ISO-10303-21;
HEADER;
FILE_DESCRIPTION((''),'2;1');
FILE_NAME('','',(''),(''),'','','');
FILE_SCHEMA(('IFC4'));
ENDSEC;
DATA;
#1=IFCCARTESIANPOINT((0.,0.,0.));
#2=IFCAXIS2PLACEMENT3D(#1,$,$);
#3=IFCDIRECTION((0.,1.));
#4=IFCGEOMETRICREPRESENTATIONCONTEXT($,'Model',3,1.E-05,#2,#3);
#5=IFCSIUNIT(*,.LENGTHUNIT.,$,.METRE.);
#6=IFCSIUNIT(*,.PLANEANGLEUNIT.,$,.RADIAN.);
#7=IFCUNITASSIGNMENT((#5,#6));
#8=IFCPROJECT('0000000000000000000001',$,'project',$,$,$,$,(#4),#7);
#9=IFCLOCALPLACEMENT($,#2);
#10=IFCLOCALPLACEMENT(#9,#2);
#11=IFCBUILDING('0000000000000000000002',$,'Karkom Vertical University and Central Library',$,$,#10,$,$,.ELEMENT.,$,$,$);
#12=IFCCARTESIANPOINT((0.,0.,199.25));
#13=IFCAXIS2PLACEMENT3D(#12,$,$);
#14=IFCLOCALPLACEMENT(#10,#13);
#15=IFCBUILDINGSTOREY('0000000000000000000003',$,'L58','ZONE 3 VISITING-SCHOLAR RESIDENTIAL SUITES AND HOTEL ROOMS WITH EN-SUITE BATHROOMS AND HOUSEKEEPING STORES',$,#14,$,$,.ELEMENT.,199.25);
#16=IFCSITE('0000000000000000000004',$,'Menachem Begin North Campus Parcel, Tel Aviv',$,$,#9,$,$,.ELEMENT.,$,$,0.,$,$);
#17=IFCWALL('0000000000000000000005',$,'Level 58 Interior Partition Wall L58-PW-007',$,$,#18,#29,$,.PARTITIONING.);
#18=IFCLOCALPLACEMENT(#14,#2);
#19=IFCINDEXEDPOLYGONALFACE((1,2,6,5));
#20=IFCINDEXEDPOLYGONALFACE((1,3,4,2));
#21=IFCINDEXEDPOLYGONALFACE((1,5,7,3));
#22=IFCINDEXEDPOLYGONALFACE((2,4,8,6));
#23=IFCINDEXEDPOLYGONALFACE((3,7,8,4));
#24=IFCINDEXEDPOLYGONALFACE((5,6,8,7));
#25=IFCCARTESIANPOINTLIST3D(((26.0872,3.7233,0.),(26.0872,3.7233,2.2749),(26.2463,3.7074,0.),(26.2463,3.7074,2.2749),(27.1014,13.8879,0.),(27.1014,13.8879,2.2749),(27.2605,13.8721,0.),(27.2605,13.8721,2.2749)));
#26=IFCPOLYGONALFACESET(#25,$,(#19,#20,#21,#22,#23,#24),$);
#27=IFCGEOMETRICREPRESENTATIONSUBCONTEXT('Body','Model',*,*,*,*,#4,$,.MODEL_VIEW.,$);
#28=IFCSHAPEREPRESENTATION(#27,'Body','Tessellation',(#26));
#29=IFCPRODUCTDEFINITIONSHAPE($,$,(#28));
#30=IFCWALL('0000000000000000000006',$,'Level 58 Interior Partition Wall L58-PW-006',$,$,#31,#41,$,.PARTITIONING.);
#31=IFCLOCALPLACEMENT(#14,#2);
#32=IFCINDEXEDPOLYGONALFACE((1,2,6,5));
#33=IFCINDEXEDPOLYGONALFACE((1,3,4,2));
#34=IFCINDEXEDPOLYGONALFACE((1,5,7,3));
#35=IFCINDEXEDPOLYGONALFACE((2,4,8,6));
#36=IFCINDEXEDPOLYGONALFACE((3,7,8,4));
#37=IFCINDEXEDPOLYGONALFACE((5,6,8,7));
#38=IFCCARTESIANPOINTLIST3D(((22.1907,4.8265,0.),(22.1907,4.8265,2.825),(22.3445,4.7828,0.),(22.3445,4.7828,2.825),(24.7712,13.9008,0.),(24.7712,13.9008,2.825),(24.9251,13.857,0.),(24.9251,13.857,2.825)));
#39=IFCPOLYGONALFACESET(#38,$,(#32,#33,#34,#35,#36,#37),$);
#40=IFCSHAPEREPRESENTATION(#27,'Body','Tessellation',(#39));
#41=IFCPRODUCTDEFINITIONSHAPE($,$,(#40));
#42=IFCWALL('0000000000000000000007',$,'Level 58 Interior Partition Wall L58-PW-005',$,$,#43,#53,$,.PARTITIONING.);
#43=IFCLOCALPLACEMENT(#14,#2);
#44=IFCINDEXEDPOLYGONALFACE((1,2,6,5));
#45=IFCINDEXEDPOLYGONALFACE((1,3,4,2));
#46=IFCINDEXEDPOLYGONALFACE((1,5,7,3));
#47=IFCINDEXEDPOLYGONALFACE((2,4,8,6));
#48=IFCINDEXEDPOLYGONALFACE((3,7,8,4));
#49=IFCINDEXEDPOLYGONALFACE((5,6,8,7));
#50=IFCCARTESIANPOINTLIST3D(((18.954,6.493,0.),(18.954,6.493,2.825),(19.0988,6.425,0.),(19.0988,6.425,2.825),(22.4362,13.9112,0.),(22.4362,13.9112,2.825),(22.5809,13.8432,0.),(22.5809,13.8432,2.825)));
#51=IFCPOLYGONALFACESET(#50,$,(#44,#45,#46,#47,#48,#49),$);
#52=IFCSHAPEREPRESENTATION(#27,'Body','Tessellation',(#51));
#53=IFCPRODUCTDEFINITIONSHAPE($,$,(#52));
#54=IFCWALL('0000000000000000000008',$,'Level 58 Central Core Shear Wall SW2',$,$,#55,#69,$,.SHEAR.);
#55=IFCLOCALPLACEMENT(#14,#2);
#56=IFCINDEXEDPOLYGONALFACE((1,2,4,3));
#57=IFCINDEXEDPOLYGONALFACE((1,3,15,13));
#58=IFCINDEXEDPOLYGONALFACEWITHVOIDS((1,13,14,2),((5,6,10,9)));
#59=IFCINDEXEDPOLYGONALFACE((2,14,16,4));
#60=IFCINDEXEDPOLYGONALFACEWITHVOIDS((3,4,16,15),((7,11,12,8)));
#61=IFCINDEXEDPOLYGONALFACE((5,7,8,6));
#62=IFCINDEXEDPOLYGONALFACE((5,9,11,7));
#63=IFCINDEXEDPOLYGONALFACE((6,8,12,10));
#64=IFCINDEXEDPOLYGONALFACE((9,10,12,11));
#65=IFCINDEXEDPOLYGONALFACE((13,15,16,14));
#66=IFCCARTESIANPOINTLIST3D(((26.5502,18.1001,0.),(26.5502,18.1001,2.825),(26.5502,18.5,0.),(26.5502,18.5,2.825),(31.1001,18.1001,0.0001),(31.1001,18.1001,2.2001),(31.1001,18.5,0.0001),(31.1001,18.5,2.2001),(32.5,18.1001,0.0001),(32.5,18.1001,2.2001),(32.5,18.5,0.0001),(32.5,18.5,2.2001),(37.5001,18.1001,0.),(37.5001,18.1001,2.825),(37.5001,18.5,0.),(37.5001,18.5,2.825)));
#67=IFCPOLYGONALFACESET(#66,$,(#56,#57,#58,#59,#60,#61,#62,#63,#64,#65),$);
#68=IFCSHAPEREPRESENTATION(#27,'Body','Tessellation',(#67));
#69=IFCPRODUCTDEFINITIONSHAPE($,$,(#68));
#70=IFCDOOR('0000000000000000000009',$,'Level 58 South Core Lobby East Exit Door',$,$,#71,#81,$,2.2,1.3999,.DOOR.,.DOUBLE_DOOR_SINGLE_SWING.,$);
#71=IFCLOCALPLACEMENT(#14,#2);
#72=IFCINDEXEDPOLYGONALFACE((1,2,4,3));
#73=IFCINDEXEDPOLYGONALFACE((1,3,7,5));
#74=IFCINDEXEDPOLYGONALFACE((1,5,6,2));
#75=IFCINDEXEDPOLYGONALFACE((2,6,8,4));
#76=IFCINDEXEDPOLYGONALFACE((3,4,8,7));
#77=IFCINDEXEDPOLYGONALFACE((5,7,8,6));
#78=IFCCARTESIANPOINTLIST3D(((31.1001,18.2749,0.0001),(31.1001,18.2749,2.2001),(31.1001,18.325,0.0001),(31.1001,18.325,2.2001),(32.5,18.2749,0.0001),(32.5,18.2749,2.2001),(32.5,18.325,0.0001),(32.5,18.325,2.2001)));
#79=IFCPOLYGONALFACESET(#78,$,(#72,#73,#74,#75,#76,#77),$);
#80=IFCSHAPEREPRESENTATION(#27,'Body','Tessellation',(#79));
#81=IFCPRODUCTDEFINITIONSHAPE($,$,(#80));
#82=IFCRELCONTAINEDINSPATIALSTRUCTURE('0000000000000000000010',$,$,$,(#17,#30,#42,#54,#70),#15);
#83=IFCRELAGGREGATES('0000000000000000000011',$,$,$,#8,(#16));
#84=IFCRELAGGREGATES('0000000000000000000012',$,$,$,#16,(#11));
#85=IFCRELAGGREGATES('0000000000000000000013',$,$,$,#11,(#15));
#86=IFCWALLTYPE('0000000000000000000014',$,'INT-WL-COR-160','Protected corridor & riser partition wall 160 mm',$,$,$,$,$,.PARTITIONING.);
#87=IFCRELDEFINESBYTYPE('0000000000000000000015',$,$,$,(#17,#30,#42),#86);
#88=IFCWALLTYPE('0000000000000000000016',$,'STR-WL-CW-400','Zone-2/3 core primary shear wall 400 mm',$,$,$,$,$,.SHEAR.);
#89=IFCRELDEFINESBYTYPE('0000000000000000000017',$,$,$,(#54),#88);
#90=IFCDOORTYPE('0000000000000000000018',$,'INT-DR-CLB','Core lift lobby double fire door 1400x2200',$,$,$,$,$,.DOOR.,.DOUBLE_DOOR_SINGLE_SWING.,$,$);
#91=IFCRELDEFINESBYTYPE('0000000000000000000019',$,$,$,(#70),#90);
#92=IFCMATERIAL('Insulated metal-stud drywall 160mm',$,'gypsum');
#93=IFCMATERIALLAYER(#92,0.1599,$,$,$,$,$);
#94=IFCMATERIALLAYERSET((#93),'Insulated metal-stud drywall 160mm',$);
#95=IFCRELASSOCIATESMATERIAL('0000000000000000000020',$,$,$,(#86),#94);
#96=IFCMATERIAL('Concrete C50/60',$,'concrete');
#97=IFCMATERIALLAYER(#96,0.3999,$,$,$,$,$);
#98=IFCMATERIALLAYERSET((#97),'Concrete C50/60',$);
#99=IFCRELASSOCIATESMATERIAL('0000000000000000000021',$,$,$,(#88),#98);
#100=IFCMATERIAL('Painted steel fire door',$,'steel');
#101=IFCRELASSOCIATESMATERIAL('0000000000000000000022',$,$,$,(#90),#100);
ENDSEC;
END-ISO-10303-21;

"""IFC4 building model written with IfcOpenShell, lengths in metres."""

from ifc_helpers import new_model, si_unit, direction, frame, frame_2d, origin, origin_with_axes, place, context, subcontext, project, spatial, rectangle, extrude, source, transform, mapped, material, layer, layer_set, type_object, element, fill, save


model = new_model("IFC4")

# Units and contexts
model_context = context("Model", 3, precision=1e-05, world=origin(), true_north=direction((0.0, 1.0)))
body_context = subcontext(model_context, "Body", "Model", "MODEL_VIEW")
ifc_project = project(units=[si_unit("LENGTHUNIT", "METRE"), si_unit("PLANEANGLEUNIT", "RADIAN")], contexts=[model_context])

# Site, building, storey
site_placement = place(None, origin())
site = spatial("IfcSite", under=ifc_project, at=site_placement, Name="Menachem Begin North Campus Parcel, Tel Aviv", CompositionType="ELEMENT", RefElevation=0.0)
building_placement = place(site_placement, origin())
building = spatial("IfcBuilding", under=site, at=building_placement, Name="Karkom Vertical University and Central Library", CompositionType="ELEMENT")
storey_placement = place(building_placement, frame((0.0, 0.0, 199.25)))
storey = spatial("IfcBuildingStorey", under=building, at=storey_placement, Name="L58", Description="ZONE 3 VISITING-SCHOLAR RESIDENTIAL SUITES AND HOTEL ROOMS WITH EN-SUITE BATHROOMS AND HOUSEKEEPING STORES", CompositionType="ELEMENT", Elevation=199.25)

# Shared definitions
ifc_material_1 = material(Name="Concrete C50/60", Category="concrete")

# Walls
ifc_material_2 = material(Name="Insulated metal-stud drywall 160mm", Category="gypsum")
ifc_layer_1 = layer(ifc_material_2, 0.1599)
ifc_layer_set_1 = layer_set([ifc_layer_1], Name="Insulated metal-stud drywall 160mm")
wall_type_1 = type_object("IfcWallType", Name="INT-WL-COR-160", Description="Protected corridor & riser partition wall 160 mm", PredefinedType="PARTITIONING", material=ifc_layer_set_1)
wall_1_placement = place(storey_placement, frame((27.1809, 13.8799, 0.0), z_axis=(0.0, 0.0, 1.0), x_axis=(-0.099281, -0.995059, 0.0)))
element("IfcWall", 1, at=wall_1_placement, inside=storey, type_object=wall_type_1, Name="Level 58 Interior Partition Wall L58-PW-007", PredefinedType="PARTITIONING", context=body_context, shape_type="SweptSolid", body=[
    extrude(rectangle(XDim=10.2151, YDim=0.1599, at=frame_2d((5.1074, 0.0))), origin(), (0.0, 0.0, 1.0), 2.2749),
])
wall_2_placement = place(storey_placement, frame((24.8481, 13.8789, 0.0), z_axis=(0.0, 0.0, 1.0), x_axis=(-0.273538, -0.961861, 0.0)))
element("IfcWall", 2, at=wall_2_placement, inside=storey, type_object=wall_type_1, Name="Level 58 Interior Partition Wall L58-PW-006", PredefinedType="PARTITIONING", context=body_context, shape_type="SweptSolid", body=[
    extrude(rectangle(XDim=9.4341, YDim=0.1599, at=frame_2d((4.717, 0.0))), origin(), (0.0, 0.0, 1.0), 2.825),
])
wall_3_placement = place(storey_placement, frame((22.5085, 13.8772, 0.0), z_axis=(0.0, 0.0, 1.0), x_axis=(-0.424923, -0.905229, 0.0)))
element("IfcWall", 3, at=wall_3_placement, inside=storey, type_object=wall_type_1, Name="Level 58 Interior Partition Wall L58-PW-005", PredefinedType="PARTITIONING", context=body_context, shape_type="SweptSolid", body=[
    extrude(rectangle(XDim=8.1948, YDim=0.1599, at=frame_2d((4.0974, 0.0))), origin(), (0.0, 0.0, 1.0), 2.825),
])

# Wall, opening, door
ifc_layer_2 = layer(ifc_material_1, 0.3999)
ifc_layer_set_2 = layer_set([ifc_layer_2], Name="Concrete C50/60")
wall_type_2 = type_object("IfcWallType", Name="STR-WL-CW-400", Description="Zone-2/3 core primary shear wall 400 mm", PredefinedType="SHEAR", material=ifc_layer_set_2)
wall_4_placement = place(storey_placement, frame((26.55, 18.3, 0.0), z_axis=(0.0, 0.0, 1.0), x_axis=(1.0, 0.0, 0.0)))
wall_4 = element("IfcWall", 4, at=wall_4_placement, inside=storey, type_object=wall_type_2, Name="Level 58 Central Core Shear Wall SW2", PredefinedType="SHEAR", context=body_context, shape_type="SweptSolid", body=[
    extrude(rectangle(XDim=10.95, YDim=0.3999, at=frame_2d((5.4751, 0.0))), origin(), (0.0, 0.0, 1.0), 2.825),
])
opening_1_placement = place(wall_4_placement, frame((4.55, 0.0, 0.0)))
opening_1 = element("IfcOpeningElement", 5, at=opening_1_placement, cuts=wall_4, PredefinedType="OPENING", context=body_context, shape_type="SweptSolid", body=[
    extrude(rectangle(XDim=1.3999, YDim=2.2, at=frame_2d((0.7, 1.1001))), frame((0.0, 0.21, 0.0), z_axis=(0.0, -1.0, 0.0), x_axis=(1.0, 0.0, 0.0)), (0.0, 0.0, 1.0), 0.4199),
])
ifc_material_3 = material(Name="Painted steel fire door", Category="steel")
door_type = type_object("IfcDoorType", Name="INT-DR-CLB", Description="Core lift lobby double fire door 1400x2200", OperationType="DOUBLE_DOOR_SINGLE_SWING", PredefinedType="DOOR", material=ifc_material_3)
shared_shape_1 = source(origin_with_axes(), body_context, "Body", "SweptSolid", [
    extrude(rectangle(XDim=1.3999, YDim=2.2, at=frame_2d((0.7, 1.1001))), frame((0.0, 0.0249, 0.0), z_axis=(0.0, -1.0, 0.0), x_axis=(1.0, 0.0, 0.0)), (0.0, 0.0, 1.0), 0.05),
])
door_placement = place(opening_1_placement, origin())
door = element("IfcDoor", 6, at=door_placement, inside=storey, type_object=door_type, Name="Level 58 South Core Lobby East Exit Door", OperationType="DOUBLE_DOOR_SINGLE_SWING", OverallHeight=2.2, OverallWidth=1.3999, PredefinedType="DOOR", context=body_context, shape_type="MappedRepresentation", body=[
    mapped(shared_shape_1, transform((0.0, 0.0, 0.0), scale=1.0)),
])
fill(opening_1, door)

save(model, "model.ifc")
